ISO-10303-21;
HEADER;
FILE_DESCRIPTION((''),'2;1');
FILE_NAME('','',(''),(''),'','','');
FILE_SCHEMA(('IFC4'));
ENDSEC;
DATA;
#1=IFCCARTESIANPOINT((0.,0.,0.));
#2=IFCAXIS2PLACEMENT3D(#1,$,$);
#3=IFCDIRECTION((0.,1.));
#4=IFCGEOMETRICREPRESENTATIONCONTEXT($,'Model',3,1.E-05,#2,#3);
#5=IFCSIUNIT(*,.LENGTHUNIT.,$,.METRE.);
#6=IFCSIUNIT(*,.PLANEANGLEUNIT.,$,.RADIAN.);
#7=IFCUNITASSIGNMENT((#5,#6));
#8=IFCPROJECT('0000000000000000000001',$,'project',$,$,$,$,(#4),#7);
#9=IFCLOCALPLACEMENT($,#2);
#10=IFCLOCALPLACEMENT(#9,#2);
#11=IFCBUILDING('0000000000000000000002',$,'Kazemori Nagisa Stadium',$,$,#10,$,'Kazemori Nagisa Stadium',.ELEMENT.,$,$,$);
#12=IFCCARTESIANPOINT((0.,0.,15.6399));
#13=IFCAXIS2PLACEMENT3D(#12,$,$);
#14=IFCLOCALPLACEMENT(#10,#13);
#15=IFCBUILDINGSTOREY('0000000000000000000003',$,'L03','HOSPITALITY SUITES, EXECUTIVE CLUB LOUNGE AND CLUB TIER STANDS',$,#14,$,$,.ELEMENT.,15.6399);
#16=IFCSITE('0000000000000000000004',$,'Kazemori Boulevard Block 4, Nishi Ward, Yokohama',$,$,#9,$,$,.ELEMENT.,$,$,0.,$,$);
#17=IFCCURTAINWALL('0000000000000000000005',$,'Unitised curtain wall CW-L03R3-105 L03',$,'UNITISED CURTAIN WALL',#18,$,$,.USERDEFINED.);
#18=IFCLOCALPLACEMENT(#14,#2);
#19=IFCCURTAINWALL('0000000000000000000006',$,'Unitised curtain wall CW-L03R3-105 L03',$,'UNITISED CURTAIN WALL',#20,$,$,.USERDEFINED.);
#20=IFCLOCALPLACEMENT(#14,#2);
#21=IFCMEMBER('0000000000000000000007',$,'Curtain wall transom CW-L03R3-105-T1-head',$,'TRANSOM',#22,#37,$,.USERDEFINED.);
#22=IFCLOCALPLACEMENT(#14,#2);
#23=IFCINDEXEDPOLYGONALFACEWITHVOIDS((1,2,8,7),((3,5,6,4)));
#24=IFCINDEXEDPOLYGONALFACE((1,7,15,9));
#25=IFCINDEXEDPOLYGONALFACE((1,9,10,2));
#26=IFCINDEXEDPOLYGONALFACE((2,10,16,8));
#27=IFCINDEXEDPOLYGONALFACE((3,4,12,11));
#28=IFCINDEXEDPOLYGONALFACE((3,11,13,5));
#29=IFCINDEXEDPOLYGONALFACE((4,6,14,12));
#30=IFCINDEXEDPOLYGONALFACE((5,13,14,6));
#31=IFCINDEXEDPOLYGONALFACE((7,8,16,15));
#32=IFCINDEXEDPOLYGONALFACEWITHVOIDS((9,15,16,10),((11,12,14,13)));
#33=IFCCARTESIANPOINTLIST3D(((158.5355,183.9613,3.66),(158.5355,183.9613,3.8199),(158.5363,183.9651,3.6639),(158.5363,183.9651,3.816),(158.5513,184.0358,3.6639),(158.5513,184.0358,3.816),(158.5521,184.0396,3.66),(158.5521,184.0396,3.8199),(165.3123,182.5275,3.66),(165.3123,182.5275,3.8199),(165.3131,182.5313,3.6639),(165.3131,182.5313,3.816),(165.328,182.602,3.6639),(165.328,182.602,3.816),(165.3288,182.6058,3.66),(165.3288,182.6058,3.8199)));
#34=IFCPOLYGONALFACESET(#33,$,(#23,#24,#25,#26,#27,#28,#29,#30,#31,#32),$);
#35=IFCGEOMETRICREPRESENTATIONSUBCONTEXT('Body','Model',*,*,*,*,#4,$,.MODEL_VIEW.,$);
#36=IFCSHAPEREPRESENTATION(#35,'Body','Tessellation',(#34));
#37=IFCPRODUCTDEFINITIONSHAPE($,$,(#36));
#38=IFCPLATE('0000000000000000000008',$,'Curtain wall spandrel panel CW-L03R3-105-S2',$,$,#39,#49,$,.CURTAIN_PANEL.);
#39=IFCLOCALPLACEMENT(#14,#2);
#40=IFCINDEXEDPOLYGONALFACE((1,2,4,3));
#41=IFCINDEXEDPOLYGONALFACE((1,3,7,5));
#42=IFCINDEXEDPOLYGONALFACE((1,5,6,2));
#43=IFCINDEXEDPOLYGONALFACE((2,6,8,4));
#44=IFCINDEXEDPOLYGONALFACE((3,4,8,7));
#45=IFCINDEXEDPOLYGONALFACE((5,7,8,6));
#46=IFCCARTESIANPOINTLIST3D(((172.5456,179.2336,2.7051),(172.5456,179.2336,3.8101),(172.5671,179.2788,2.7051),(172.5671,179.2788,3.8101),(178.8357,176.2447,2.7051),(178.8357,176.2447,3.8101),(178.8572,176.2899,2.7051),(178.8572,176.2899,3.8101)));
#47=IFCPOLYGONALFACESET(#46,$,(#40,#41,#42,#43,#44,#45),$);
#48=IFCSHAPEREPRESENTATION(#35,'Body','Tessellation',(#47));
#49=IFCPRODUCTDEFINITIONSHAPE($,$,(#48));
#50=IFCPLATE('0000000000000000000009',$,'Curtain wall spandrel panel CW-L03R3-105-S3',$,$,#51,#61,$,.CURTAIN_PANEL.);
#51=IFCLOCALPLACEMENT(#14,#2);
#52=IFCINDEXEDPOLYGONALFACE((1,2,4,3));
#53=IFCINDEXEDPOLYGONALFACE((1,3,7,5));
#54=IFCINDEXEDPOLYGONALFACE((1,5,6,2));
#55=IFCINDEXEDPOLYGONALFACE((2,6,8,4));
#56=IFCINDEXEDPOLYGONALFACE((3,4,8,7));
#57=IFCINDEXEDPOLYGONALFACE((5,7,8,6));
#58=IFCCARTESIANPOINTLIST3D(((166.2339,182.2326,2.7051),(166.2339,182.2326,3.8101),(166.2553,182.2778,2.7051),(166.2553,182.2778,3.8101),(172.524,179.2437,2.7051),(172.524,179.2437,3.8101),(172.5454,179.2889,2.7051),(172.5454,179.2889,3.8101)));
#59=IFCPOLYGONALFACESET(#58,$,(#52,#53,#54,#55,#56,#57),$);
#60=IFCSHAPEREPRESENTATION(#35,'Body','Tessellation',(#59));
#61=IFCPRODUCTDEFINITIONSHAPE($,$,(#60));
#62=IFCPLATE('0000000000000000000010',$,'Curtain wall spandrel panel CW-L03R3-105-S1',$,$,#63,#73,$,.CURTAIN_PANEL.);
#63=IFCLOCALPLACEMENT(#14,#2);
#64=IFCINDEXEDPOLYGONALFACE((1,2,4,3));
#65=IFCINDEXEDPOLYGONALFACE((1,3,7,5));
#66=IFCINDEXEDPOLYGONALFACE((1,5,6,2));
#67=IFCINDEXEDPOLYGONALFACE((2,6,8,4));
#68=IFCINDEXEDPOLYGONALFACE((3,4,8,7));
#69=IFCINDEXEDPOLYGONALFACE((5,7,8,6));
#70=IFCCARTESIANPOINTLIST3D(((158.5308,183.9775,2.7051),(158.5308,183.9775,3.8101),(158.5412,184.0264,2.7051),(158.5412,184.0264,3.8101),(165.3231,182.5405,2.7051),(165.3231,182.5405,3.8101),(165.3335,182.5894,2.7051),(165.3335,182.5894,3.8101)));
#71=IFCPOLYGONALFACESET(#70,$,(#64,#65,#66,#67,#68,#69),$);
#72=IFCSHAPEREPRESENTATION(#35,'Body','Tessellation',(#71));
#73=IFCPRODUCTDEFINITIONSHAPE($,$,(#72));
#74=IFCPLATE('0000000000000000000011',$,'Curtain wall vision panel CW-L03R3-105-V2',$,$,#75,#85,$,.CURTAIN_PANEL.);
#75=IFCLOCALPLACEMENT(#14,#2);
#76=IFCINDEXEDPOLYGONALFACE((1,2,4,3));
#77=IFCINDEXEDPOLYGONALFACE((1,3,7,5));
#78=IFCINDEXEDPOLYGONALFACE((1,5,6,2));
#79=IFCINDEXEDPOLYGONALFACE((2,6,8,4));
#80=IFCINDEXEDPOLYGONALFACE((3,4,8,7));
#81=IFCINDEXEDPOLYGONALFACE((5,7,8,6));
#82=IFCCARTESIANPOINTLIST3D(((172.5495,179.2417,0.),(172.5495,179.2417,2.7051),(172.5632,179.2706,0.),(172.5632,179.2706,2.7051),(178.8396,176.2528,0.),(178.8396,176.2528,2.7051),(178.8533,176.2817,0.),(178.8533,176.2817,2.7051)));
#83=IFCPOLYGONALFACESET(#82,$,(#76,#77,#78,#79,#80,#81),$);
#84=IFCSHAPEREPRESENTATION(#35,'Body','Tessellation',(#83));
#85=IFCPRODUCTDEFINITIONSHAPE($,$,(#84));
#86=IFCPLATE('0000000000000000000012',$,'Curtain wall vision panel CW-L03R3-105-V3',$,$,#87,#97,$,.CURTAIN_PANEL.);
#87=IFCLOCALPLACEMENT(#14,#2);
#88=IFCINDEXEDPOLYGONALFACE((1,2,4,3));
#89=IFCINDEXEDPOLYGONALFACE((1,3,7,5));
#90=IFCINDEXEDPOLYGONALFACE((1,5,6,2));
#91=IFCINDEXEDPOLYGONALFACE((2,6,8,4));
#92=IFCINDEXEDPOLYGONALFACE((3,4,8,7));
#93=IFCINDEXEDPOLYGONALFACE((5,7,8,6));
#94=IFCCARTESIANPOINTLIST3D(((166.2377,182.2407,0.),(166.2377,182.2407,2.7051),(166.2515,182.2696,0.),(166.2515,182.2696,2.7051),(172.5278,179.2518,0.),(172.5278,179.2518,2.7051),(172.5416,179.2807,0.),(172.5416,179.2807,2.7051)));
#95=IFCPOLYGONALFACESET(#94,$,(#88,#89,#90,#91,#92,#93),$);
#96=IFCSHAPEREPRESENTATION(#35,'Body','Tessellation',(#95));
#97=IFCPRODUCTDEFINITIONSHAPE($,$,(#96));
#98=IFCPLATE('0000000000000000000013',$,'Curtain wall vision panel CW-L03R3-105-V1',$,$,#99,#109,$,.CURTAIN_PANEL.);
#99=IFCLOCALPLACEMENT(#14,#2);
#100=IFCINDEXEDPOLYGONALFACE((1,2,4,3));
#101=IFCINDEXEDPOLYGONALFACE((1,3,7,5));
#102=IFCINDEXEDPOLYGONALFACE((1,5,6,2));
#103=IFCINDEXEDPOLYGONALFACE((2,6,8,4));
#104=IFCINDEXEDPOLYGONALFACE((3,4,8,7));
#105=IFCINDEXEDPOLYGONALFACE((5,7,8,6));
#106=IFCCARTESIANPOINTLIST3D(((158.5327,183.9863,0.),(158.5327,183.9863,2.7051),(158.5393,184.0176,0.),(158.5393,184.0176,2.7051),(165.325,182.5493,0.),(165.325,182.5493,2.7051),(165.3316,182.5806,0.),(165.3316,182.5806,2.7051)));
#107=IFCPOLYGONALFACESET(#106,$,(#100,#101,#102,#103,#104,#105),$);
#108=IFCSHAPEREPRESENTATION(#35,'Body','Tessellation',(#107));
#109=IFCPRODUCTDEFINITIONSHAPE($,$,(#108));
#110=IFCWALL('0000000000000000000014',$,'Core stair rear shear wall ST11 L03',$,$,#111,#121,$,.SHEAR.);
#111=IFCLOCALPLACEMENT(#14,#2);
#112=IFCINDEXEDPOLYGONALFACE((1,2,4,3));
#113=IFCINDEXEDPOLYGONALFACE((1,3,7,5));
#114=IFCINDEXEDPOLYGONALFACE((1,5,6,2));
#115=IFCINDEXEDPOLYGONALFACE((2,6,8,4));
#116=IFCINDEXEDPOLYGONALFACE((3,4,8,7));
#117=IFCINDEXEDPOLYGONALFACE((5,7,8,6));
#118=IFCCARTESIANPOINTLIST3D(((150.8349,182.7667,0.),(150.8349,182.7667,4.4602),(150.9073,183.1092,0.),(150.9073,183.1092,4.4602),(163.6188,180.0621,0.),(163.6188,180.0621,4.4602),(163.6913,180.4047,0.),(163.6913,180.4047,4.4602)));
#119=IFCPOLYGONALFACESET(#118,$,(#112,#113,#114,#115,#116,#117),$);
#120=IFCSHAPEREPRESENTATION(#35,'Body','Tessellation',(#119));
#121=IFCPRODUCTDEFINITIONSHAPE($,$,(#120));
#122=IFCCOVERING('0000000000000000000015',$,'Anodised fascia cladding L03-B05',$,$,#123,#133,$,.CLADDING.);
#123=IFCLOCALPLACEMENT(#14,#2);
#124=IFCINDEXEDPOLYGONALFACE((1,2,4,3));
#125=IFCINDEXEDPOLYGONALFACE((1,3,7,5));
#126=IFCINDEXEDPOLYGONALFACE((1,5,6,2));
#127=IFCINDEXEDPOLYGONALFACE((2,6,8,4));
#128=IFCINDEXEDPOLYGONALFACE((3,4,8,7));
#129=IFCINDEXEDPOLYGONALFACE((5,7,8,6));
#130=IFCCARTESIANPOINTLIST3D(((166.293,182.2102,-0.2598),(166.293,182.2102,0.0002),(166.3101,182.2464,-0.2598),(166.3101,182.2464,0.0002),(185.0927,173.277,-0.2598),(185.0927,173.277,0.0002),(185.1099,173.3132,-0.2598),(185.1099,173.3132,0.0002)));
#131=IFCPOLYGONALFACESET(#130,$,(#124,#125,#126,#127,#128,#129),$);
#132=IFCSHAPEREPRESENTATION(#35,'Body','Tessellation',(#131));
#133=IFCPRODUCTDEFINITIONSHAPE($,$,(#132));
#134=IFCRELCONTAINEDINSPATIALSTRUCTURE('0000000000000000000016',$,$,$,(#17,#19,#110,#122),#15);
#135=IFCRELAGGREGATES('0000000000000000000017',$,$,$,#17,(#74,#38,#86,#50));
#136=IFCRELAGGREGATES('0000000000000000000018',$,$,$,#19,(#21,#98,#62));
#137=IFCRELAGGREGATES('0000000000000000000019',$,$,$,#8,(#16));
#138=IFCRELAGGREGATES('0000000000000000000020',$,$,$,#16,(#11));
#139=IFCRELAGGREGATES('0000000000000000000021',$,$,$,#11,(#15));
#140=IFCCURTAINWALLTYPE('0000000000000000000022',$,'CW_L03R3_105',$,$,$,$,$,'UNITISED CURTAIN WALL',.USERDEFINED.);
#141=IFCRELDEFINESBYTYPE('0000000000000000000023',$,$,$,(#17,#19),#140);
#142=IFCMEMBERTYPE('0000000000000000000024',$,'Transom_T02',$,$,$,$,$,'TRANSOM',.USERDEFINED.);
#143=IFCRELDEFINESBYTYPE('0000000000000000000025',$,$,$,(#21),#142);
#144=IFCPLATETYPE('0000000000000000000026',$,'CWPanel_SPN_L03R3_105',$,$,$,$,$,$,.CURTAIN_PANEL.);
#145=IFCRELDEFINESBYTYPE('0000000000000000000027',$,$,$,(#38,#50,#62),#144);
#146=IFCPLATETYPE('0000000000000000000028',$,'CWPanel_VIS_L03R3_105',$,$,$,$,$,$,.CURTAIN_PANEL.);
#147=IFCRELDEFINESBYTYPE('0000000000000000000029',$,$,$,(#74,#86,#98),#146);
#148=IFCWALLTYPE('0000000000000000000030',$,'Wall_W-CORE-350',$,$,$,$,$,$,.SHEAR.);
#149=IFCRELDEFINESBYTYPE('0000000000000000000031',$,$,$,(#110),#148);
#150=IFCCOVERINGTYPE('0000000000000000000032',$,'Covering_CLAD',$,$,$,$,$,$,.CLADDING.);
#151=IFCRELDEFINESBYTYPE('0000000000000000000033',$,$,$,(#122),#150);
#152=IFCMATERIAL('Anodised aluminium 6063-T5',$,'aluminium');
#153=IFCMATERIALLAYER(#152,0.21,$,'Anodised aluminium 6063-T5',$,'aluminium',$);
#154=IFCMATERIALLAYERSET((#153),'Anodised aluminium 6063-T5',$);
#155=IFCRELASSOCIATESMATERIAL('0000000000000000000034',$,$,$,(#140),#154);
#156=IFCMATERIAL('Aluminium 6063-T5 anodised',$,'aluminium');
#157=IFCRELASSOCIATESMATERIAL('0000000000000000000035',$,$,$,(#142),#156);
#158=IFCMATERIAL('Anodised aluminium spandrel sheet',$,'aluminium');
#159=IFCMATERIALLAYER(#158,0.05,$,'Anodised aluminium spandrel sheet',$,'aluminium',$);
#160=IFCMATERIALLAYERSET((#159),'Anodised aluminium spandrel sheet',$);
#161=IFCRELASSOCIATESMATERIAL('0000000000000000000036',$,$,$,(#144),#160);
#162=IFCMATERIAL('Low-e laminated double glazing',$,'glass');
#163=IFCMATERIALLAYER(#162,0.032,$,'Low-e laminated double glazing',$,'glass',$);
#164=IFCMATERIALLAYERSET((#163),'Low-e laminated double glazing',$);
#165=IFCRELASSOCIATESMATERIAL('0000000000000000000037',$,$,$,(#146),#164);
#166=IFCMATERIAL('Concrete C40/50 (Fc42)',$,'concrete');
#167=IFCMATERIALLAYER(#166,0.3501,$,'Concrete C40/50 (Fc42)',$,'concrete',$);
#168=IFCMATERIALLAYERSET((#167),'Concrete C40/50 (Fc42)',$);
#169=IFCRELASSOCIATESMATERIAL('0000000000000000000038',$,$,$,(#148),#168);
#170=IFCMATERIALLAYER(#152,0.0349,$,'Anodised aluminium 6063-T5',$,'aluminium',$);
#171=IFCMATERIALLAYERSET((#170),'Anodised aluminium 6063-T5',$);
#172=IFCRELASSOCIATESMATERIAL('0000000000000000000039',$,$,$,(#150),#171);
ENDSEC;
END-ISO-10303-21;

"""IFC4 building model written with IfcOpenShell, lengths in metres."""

from ifc_helpers import new_model, si_unit, direction, frame, frame_2d, origin, origin_2d, place, context, subcontext, project, spatial, rectangle, hollow_rectangle, extrude, material, layer, layer_set, material_profile, profile_set, type_object, element, aggregate, save


model = new_model("IFC4")

# Units and contexts
model_context = context("Model", 3, precision=1e-05, world=origin(), true_north=direction((0.0, 1.0)))
body_context = subcontext(model_context, "Body", "Model", "MODEL_VIEW")
ifc_project = project(units=[si_unit("LENGTHUNIT", "METRE"), si_unit("PLANEANGLEUNIT", "RADIAN")], contexts=[model_context])

# Site, building, storey
site_placement = place(None, origin())
site = spatial("IfcSite", under=ifc_project, at=site_placement, Name="Kazemori Boulevard Block 4, Nishi Ward, Yokohama", CompositionType="ELEMENT", RefElevation=0.0)
building_placement = place(site_placement, origin())
building = spatial("IfcBuilding", under=site, at=building_placement, Name="Kazemori Nagisa Stadium", LongName="Kazemori Nagisa Stadium", CompositionType="ELEMENT")
storey_placement = place(building_placement, frame((0.0, 0.0, 15.6399)))
storey = spatial("IfcBuildingStorey", under=building, at=storey_placement, Name="L03", Description="HOSPITALITY SUITES, EXECUTIVE CLUB LOUNGE AND CLUB TIER STANDS", CompositionType="ELEMENT", Elevation=15.6399)

# Shared definitions
ifc_material_1 = material(Name="Concrete C40/50 (Fc42)", Category="concrete")

# Curtain walls
ifc_material_2 = material(Name="Anodised aluminium 6063-T5", Category="aluminium")
ifc_layer_1 = layer(ifc_material_2, 0.21, Name="Anodised aluminium 6063-T5", Category="aluminium")
ifc_layer_set_1 = layer_set([ifc_layer_1], Name="Anodised aluminium 6063-T5")
curtain_wall_type = type_object("IfcCurtainWallType", Name="CW_L03R3_105", ElementType="UNITISED CURTAIN WALL", PredefinedType="USERDEFINED", material=ifc_layer_set_1)
curtain_wall_1_placement = place(storey_placement, origin())
curtain_wall_1 = element("IfcCurtainWall", 1, at=curtain_wall_1_placement, inside=storey, type_object=curtain_wall_type, Name="Unitised curtain wall CW-L03R3-105 L03", ObjectType="UNITISED CURTAIN WALL", PredefinedType="USERDEFINED")
ifc_material_3 = material(Name="Aluminium 6063-T5 anodised", Category="aluminium")
curtain_wall_2_placement = place(storey_placement, origin())
curtain_wall_2 = element("IfcCurtainWall", 2, at=curtain_wall_2_placement, inside=storey, type_object=curtain_wall_type, Name="Unitised curtain wall CW-L03R3-105 L03", ObjectType="UNITISED CURTAIN WALL", PredefinedType="USERDEFINED")

# Member
ifc_material_profile_1 = material_profile(ifc_material_3, hollow_rectangle(XDim=0.0801, YDim=0.1599, WallThickness=0.0039, at=origin_2d()), Name="ALU-TRAN-80x160x4")
ifc_profile_set_1 = profile_set([ifc_material_profile_1], Name="Aluminium 6063-T5 anodised")
member_type_1 = type_object("IfcMemberType", Name="Transom_T02", ElementType="TRANSOM", PredefinedType="USERDEFINED", material=ifc_profile_set_1)
member_1_placement = place(storey_placement, frame((165.3206, 182.5667, 3.74), z_axis=(-0.978342, 0.206996, 0.0), x_axis=(-0.206996, -0.978342, 0.0)))
member_1 = element("IfcMember", 3, at=member_1_placement, type_object=member_type_1, Name="Curtain wall transom CW-L03R3-105-T1-head", ObjectType="TRANSOM", PredefinedType="USERDEFINED", context=body_context, shape_type="SweptSolid", body=[
    extrude(hollow_rectangle(XDim=0.0801, YDim=0.1599, WallThickness=0.0039, at=origin_2d()), origin(), (0.0, 0.0, 1.0), 6.9268),
])

# Plates
ifc_material_4 = material(Name="Anodised aluminium spandrel sheet", Category="aluminium")
ifc_layer_2 = layer(ifc_material_4, 0.05, Name="Anodised aluminium spandrel sheet", Category="aluminium")
ifc_layer_set_2 = layer_set([ifc_layer_2], Name="Anodised aluminium spandrel sheet")
plate_type_1 = type_object("IfcPlateType", Name="CWPanel_SPN_L03R3_105", PredefinedType="CURTAIN_PANEL", material=ifc_layer_set_2)
plate_1_placement = place(storey_placement, frame((175.7014, 177.7617, 2.7051), z_axis=(0.0, 0.0, 1.0), x_axis=(-0.903216, 0.429186, 0.0)))
plate_1 = element("IfcPlate", 4, at=plate_1_placement, type_object=plate_type_1, Name="Curtain wall spandrel panel CW-L03R3-105-S2", PredefinedType="CURTAIN_PANEL", context=body_context, shape_type="SweptSolid", body=[
    extrude(rectangle(XDim=6.9641, YDim=0.05, at=origin_2d()), origin(), (0.0, 0.0, 1.0), 1.105),
])
plate_2_placement = place(storey_placement, frame((169.3896, 180.7607, 2.7051), z_axis=(0.0, 0.0, 1.0), x_axis=(-0.903216, 0.429186, 0.0)))
plate_2 = element("IfcPlate", 5, at=plate_2_placement, type_object=plate_type_1, Name="Curtain wall spandrel panel CW-L03R3-105-S3", PredefinedType="CURTAIN_PANEL", context=body_context, shape_type="SweptSolid", body=[
    extrude(rectangle(XDim=6.9641, YDim=0.05, at=origin_2d()), origin(), (0.0, 0.0, 1.0), 1.105),
])
plate_3_placement = place(storey_placement, frame((161.9321, 183.2834, 2.7051), z_axis=(0.0, 0.0, 1.0), x_axis=(-0.978345, 0.206981, 0.0)))
plate_3 = element("IfcPlate", 6, at=plate_3_placement, type_object=plate_type_1, Name="Curtain wall spandrel panel CW-L03R3-105-S1", PredefinedType="CURTAIN_PANEL", context=body_context, shape_type="SweptSolid", body=[
    extrude(rectangle(XDim=6.9426, YDim=0.05, at=origin_2d()), origin(), (0.0, 0.0, 1.0), 1.105),
])
ifc_material_5 = material(Name="Low-e laminated double glazing", Category="glass")
ifc_layer_3 = layer(ifc_material_5, 0.032, Name="Low-e laminated double glazing", Category="glass")
ifc_layer_set_3 = layer_set([ifc_layer_3], Name="Low-e laminated double glazing")
plate_type_2 = type_object("IfcPlateType", Name="CWPanel_VIS_L03R3_105", PredefinedType="CURTAIN_PANEL", material=ifc_layer_set_3)
plate_4_placement = place(storey_placement, frame((175.7014, 177.7617, 0.0), z_axis=(0.0, 0.0, 1.0), x_axis=(-0.903216, 0.429186, 0.0)))
plate_4 = element("IfcPlate", 7, at=plate_4_placement, type_object=plate_type_2, Name="Curtain wall vision panel CW-L03R3-105-V2", PredefinedType="CURTAIN_PANEL", context=body_context, shape_type="SweptSolid", body=[
    extrude(rectangle(XDim=6.9641, YDim=0.032, at=origin_2d()), origin(), (0.0, 0.0, 1.0), 2.7051),
])
plate_5_placement = place(storey_placement, frame((169.3896, 180.7607, 0.0), z_axis=(0.0, 0.0, 1.0), x_axis=(-0.903216, 0.429186, 0.0)))
plate_5 = element("IfcPlate", 8, at=plate_5_placement, type_object=plate_type_2, Name="Curtain wall vision panel CW-L03R3-105-V3", PredefinedType="CURTAIN_PANEL", context=body_context, shape_type="SweptSolid", body=[
    extrude(rectangle(XDim=6.9641, YDim=0.032, at=origin_2d()), origin(), (0.0, 0.0, 1.0), 2.7051),
])
aggregate(curtain_wall_1, [plate_4, plate_1, plate_5, plate_2])
plate_6_placement = place(storey_placement, frame((161.9321, 183.2834, 0.0), z_axis=(0.0, 0.0, 1.0), x_axis=(-0.978345, 0.206981, 0.0)))
plate_6 = element("IfcPlate", 9, at=plate_6_placement, type_object=plate_type_2, Name="Curtain wall vision panel CW-L03R3-105-V1", PredefinedType="CURTAIN_PANEL", context=body_context, shape_type="SweptSolid", body=[
    extrude(rectangle(XDim=6.9426, YDim=0.032, at=origin_2d()), origin(), (0.0, 0.0, 1.0), 2.7051),
])
aggregate(curtain_wall_2, [member_1, plate_6, plate_3])

# Wall
ifc_layer_4 = layer(ifc_material_1, 0.3501, Name="Concrete C40/50 (Fc42)", Category="concrete")
ifc_layer_set_4 = layer_set([ifc_layer_4], Name="Concrete C40/50 (Fc42)")
wall_type = type_object("IfcWallType", Name="Wall_W-CORE-350", PredefinedType="SHEAR", material=ifc_layer_set_4)
wall_placement = place(storey_placement, frame((163.655, 180.2334, 0.0), z_axis=(0.0, 0.0, 1.0), x_axis=(-0.978345, 0.20698, 0.0)))
element("IfcWall", 10, at=wall_placement, inside=storey, type_object=wall_type, Name="Core stair rear shear wall ST11 L03", PredefinedType="SHEAR", context=body_context, shape_type="SweptSolid", body=[
    extrude(rectangle(XDim=13.0669, YDim=0.3501, at=frame_2d((6.5334, 0.0))), origin(), (0.0, 0.0, 1.0), 4.4602),
])

# Covering
ifc_layer_5 = layer(ifc_material_2, 0.0349, Name="Anodised aluminium 6063-T5", Category="aluminium")
ifc_layer_set_5 = layer_set([ifc_layer_5], Name="Anodised aluminium 6063-T5")
covering_type = type_object("IfcCoveringType", Name="Covering_CLAD", PredefinedType="CLADDING", material=ifc_layer_set_5)
covering_placement = place(storey_placement, frame((175.7014, 177.7617, -0.2598), z_axis=(0.0, 0.0, 1.0), x_axis=(-0.903216, 0.429186, 0.0)))
element("IfcCovering", 11, at=covering_placement, inside=storey, type_object=covering_type, Name="Anodised fascia cladding L03-B05", PredefinedType="CLADDING", context=body_context, shape_type="SweptSolid", body=[
    extrude(rectangle(XDim=20.8142, YDim=0.04, at=origin_2d()), origin(), (0.0, 0.0, 1.0), 0.26),
])

save(model, "model.ifc")
